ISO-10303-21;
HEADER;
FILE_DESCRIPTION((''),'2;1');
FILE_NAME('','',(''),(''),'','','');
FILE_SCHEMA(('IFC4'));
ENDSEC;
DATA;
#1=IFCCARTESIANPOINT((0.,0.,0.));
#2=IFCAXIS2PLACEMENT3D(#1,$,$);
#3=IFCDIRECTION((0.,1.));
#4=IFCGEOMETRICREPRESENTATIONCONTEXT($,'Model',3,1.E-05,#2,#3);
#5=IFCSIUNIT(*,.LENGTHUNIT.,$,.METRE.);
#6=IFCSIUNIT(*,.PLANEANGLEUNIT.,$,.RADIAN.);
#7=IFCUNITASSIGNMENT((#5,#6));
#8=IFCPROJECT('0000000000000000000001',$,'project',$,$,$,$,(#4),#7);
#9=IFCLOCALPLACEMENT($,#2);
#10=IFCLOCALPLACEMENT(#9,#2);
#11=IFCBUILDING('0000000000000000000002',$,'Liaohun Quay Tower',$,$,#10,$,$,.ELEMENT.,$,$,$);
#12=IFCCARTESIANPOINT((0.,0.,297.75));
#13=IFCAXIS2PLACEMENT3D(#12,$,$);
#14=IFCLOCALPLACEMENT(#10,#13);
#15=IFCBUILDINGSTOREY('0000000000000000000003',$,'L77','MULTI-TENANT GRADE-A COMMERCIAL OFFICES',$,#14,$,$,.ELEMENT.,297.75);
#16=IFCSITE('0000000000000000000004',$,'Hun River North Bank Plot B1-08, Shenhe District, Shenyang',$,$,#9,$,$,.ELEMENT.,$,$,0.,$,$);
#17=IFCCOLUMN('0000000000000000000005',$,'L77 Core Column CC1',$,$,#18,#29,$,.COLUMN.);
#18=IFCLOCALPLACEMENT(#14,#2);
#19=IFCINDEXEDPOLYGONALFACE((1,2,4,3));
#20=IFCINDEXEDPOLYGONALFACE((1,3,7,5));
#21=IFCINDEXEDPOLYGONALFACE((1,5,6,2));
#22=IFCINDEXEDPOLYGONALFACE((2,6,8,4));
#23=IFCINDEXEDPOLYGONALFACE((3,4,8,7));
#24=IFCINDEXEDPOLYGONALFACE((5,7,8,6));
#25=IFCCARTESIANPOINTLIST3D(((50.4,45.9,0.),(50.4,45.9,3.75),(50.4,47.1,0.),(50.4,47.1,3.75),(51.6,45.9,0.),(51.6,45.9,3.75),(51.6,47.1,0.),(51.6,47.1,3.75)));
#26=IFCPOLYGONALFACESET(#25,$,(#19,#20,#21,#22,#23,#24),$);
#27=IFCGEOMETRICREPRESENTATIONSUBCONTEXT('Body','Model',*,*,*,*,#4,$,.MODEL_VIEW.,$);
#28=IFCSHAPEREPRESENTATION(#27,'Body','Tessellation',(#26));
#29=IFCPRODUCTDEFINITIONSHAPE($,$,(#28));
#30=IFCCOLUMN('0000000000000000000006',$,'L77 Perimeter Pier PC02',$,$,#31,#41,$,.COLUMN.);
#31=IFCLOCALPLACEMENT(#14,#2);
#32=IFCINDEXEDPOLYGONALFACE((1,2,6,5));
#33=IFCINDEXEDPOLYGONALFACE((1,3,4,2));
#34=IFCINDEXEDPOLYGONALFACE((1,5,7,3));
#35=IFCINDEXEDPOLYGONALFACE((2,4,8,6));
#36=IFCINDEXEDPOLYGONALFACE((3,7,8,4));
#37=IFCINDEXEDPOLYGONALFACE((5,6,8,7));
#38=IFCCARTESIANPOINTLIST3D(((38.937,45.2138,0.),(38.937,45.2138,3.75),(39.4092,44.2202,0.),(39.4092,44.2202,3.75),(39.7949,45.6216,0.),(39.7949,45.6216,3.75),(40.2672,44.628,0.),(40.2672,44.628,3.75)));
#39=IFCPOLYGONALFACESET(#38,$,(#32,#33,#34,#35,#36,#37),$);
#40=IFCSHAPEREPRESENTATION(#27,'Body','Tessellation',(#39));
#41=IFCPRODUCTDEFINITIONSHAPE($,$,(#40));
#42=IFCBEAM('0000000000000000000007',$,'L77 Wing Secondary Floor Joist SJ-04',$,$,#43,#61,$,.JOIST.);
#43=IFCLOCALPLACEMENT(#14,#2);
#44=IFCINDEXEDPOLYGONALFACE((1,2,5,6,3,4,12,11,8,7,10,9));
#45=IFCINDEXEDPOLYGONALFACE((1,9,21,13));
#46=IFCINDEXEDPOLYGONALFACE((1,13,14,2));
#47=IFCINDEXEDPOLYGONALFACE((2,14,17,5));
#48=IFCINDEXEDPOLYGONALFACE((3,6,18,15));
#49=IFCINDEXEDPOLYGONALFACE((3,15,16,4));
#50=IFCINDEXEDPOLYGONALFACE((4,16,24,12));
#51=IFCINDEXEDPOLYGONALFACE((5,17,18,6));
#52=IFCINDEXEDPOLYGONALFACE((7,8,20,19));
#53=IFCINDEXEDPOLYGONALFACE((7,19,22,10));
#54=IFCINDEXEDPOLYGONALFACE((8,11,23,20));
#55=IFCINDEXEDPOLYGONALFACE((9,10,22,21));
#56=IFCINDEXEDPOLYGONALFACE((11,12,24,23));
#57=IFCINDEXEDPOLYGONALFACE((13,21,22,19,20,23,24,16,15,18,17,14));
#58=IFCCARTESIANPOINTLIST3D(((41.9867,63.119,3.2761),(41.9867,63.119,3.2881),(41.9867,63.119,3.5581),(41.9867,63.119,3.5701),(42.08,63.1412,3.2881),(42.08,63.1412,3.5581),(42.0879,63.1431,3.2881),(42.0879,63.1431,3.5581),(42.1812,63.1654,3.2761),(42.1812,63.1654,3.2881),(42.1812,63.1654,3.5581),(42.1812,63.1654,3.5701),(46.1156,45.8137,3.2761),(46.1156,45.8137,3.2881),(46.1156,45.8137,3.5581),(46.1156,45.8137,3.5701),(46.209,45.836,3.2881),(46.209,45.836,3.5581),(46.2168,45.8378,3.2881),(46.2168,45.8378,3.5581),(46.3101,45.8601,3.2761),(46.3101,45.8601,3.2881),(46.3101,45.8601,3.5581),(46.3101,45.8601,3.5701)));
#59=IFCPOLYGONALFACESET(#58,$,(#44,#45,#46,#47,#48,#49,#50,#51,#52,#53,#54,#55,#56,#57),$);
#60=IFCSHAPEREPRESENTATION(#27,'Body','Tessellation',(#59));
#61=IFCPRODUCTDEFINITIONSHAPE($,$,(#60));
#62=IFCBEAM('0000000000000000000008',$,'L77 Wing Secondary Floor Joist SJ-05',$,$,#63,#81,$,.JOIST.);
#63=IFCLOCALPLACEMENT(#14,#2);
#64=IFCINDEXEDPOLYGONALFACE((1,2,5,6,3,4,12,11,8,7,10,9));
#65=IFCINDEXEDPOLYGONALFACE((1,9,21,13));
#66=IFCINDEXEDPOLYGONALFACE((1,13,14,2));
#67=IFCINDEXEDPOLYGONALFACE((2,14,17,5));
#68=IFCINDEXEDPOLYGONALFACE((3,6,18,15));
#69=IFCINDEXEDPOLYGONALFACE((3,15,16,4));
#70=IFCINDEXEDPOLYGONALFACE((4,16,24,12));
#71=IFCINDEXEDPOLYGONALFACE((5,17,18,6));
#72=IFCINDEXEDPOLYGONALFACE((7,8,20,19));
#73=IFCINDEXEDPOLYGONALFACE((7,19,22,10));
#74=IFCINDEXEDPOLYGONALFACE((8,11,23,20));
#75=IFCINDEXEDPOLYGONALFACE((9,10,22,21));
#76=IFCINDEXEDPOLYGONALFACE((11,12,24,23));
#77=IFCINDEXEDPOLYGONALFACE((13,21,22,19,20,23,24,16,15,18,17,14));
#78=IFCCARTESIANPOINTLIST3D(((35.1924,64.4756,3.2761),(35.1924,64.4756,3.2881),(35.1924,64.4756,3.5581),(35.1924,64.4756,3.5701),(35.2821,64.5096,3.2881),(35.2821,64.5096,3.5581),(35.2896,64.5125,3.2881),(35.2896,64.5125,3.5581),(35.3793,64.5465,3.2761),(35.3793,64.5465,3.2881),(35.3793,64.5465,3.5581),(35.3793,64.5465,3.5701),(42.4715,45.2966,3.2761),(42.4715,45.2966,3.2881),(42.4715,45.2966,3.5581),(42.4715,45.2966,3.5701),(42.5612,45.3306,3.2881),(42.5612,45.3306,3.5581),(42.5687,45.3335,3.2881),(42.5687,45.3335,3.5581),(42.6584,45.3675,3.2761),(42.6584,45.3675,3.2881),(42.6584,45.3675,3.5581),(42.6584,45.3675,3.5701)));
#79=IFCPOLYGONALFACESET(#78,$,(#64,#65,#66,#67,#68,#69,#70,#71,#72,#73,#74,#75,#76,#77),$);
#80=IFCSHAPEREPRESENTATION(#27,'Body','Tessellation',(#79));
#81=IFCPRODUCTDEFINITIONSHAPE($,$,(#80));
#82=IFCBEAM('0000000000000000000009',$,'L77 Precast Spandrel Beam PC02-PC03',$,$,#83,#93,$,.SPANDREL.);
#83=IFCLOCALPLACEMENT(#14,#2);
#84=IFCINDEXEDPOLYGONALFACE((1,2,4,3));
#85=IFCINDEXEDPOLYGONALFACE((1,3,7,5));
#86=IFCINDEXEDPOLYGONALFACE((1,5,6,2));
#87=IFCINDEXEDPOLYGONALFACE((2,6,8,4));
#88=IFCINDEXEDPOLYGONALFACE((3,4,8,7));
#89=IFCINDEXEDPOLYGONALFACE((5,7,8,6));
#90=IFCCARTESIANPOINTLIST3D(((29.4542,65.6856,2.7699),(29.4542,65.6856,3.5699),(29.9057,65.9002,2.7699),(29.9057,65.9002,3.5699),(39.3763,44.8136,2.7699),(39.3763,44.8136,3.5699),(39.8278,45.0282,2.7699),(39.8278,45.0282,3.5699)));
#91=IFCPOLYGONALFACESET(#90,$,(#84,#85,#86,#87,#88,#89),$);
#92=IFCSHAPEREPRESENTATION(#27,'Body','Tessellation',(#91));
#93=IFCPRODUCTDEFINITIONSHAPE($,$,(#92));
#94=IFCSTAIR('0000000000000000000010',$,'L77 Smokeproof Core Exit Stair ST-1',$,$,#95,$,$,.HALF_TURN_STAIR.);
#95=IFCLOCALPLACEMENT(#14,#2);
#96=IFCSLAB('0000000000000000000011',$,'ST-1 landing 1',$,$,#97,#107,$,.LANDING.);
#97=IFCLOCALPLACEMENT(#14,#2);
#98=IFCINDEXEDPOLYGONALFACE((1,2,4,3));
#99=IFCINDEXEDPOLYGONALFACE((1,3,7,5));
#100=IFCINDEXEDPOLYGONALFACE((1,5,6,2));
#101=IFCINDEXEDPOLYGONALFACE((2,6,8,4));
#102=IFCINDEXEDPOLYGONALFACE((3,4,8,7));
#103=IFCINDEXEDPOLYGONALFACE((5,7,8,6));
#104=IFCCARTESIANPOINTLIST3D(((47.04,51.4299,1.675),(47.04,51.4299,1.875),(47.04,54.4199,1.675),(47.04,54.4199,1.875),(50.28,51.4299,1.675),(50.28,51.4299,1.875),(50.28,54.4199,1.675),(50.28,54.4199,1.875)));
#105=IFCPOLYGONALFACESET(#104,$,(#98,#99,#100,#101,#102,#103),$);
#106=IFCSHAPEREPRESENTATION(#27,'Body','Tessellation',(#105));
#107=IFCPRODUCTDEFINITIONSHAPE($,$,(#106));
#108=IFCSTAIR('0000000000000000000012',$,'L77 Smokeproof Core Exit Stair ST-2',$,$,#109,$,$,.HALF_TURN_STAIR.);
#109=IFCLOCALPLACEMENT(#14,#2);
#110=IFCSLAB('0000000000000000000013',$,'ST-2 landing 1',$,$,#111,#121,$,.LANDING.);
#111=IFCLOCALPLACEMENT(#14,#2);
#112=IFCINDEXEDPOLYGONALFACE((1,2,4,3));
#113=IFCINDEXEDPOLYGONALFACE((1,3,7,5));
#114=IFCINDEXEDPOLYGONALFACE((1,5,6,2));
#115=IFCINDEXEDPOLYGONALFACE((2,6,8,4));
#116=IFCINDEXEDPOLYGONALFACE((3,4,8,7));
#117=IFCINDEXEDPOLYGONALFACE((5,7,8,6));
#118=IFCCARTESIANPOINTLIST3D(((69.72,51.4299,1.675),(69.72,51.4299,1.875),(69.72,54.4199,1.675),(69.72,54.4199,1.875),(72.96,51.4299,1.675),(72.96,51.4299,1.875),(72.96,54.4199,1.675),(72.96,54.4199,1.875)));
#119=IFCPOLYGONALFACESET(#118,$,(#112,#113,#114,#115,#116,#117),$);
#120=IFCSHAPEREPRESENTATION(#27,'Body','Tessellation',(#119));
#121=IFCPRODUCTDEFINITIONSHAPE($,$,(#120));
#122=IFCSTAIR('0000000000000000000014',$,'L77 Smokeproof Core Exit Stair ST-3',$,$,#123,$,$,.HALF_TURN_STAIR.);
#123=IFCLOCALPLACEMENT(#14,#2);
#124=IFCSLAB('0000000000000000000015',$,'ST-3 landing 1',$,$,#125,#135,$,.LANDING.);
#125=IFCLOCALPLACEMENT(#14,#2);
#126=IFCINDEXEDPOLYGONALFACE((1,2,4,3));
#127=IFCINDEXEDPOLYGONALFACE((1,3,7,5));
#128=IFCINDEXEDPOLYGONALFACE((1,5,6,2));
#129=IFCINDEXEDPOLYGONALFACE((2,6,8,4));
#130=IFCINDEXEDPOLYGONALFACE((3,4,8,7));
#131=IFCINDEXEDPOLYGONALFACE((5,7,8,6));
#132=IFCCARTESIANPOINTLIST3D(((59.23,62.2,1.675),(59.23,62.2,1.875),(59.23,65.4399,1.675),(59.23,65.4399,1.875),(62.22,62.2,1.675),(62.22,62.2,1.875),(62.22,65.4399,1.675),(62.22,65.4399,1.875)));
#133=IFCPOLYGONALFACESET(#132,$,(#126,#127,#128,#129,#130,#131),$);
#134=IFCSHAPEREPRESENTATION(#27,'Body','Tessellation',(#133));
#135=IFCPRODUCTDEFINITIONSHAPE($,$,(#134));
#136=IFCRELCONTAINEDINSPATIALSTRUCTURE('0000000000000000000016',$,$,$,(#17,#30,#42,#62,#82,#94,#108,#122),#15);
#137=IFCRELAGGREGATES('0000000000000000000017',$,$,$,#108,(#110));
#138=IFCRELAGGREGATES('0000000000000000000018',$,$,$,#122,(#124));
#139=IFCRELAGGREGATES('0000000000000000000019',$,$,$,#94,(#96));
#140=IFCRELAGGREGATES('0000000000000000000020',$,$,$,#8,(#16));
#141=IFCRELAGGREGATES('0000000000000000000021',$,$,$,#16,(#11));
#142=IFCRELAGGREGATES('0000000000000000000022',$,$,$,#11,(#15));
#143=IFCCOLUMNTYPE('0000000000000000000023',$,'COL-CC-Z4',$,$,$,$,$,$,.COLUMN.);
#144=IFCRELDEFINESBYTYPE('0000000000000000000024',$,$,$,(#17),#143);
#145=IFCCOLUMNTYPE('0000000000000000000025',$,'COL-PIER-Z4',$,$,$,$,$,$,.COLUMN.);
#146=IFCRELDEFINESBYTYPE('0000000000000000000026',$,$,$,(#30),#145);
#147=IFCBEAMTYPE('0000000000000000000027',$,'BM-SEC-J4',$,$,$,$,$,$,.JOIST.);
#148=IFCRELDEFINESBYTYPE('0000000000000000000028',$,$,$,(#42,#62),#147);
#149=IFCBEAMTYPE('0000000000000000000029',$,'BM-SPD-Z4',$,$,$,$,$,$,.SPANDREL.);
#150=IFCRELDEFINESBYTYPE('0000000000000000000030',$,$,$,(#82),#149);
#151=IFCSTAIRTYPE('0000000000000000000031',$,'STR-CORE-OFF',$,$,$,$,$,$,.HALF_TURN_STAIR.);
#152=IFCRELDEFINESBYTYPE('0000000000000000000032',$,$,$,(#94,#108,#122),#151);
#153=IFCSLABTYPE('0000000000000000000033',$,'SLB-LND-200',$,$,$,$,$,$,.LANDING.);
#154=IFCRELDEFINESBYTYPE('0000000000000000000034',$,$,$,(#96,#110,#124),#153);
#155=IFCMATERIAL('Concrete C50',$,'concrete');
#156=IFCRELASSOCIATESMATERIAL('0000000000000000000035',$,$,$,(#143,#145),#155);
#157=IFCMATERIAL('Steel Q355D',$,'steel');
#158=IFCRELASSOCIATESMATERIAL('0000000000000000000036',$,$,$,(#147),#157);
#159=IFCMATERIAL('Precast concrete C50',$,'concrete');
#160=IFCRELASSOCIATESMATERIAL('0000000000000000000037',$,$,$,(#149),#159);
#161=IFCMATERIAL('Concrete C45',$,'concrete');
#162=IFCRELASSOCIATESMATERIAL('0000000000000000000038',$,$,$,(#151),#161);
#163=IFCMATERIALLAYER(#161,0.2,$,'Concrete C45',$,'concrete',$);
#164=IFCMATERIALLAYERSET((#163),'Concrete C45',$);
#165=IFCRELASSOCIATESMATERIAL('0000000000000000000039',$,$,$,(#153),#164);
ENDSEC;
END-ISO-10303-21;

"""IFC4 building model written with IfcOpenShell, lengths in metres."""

from ifc_helpers import new_model, si_unit, direction, frame, origin, origin_2d, place, context, subcontext, project, spatial, polyline, rectangle, i_section, outline, extrude, source, transform, mapped, material, layer, layer_set, material_profile, profile_set, type_object, element, aggregate, save


model = new_model("IFC4")

# Units and contexts
model_context = context("Model", 3, precision=1e-05, world=origin(), true_north=direction((0.0, 1.0)))
body_context = subcontext(model_context, "Body", "Model", "MODEL_VIEW")
ifc_project = project(units=[si_unit("LENGTHUNIT", "METRE"), si_unit("PLANEANGLEUNIT", "RADIAN")], contexts=[model_context])

# Site, building, storey
site_placement = place(None, origin())
site = spatial("IfcSite", under=ifc_project, at=site_placement, Name="Hun River North Bank Plot B1-08, Shenhe District, Shenyang", CompositionType="ELEMENT", RefElevation=0.0)
building_placement = place(site_placement, origin())
building = spatial("IfcBuilding", under=site, at=building_placement, Name="Liaohun Quay Tower", CompositionType="ELEMENT")
storey_placement = place(building_placement, frame((0.0, 0.0, 297.75)))
storey = spatial("IfcBuildingStorey", under=building, at=storey_placement, Name="L77", Description="MULTI-TENANT GRADE-A COMMERCIAL OFFICES", CompositionType="ELEMENT", Elevation=297.75)

# Columns
ifc_material_1 = material(Name="Concrete C50", Category="concrete")
ifc_material_profile_1 = material_profile(ifc_material_1, rectangle(XDim=1.2, YDim=1.2, at=origin_2d()), Name="RC1200x1200")
ifc_profile_set_1 = profile_set([ifc_material_profile_1], Name="Concrete C50")
column_type_1 = type_object("IfcColumnType", Name="COL-CC-Z4", PredefinedType="COLUMN", material=ifc_profile_set_1)
shared_shape_1 = source(origin(), body_context, "Body", "SweptSolid", [
    extrude(rectangle(XDim=1.2, YDim=1.2, at=origin_2d()), origin(), (0.0, 0.0, 1.0), 3.75),
])
column_1_placement = place(storey_placement, frame((51.0, 46.5, 0.0), z_axis=(0.0, 0.0, 1.0), x_axis=(1.0, 0.0, 0.0)))
element("IfcColumn", 1, at=column_1_placement, inside=storey, type_object=column_type_1, Name="L77 Core Column CC1", PredefinedType="COLUMN", context=body_context, shape_type="MappedRepresentation", body=[
    mapped(shared_shape_1, transform((0.0, 0.0, 0.0), x_axis=(1.0, 0.0, 0.0), y_axis=(0.0, 1.0, 0.0), z_axis=(0.0, 0.0, 1.0), scale=1.0)),
])
ifc_material_profile_2 = material_profile(ifc_material_1, rectangle(XDim=1.1001, YDim=0.95, at=origin_2d()), Name="RC1100x950")
ifc_profile_set_2 = profile_set([ifc_material_profile_2], Name="Concrete C50")
column_type_2 = type_object("IfcColumnType", Name="COL-PIER-Z4", PredefinedType="COLUMN", material=ifc_profile_set_2)
shared_shape_2 = source(origin(), body_context, "Body", "SweptSolid", [
    extrude(rectangle(XDim=1.1001, YDim=0.95, at=origin_2d()), origin(), (0.0, 0.0, 1.0), 3.75),
])
column_2_placement = place(storey_placement, frame((39.6021, 44.9209, 0.0), z_axis=(0.0, 0.0, 1.0), x_axis=(-0.42925, 0.903186, 0.0)))
element("IfcColumn", 2, at=column_2_placement, inside=storey, type_object=column_type_2, Name="L77 Perimeter Pier PC02", PredefinedType="COLUMN", context=body_context, shape_type="MappedRepresentation", body=[
    mapped(shared_shape_2, transform((0.0, 0.0, 0.0), x_axis=(1.0, 0.0, 0.0), y_axis=(0.0, 1.0, 0.0), z_axis=(0.0, 0.0, 1.0), scale=1.0)),
])

# Beams
ifc_material_2 = material(Name="Steel Q355D", Category="steel")
ifc_material_profile_3 = material_profile(ifc_material_2, i_section(OverallWidth=0.2, OverallDepth=0.2939, WebThickness=0.0081, FlangeThickness=0.012, at=origin_2d()), Name="HM294x200x8x12")
ifc_profile_set_3 = profile_set([ifc_material_profile_3], Name="Steel Q355D")
beam_type_1 = type_object("IfcBeamType", Name="BM-SEC-J4", PredefinedType="JOIST", material=ifc_profile_set_3)
shared_shape_3 = source(origin(), body_context, "Body", "SweptSolid", [
    extrude(i_section(OverallWidth=0.2, OverallDepth=0.2939, WebThickness=0.0081, FlangeThickness=0.012, at=origin_2d()), origin(), (0.0, 0.0, 1.0), 17.791),
])
beam_1_placement = place(storey_placement, frame((46.2129, 45.8369, 3.4231), z_axis=(-0.232079, 0.972697, 0.0), x_axis=(-0.972697, -0.232079, 0.0)))
element("IfcBeam", 3, at=beam_1_placement, inside=storey, type_object=beam_type_1, Name="L77 Wing Secondary Floor Joist SJ-04", PredefinedType="JOIST", context=body_context, shape_type="MappedRepresentation", body=[
    mapped(shared_shape_3, transform((0.0, 0.0, 0.0), x_axis=(1.0, 0.0, 0.0), y_axis=(0.0, 1.0, 0.0), z_axis=(0.0, 0.0, 1.0), scale=1.0)),
])
shared_shape_4 = source(origin(), body_context, "Body", "SweptSolid", [
    extrude(i_section(OverallWidth=0.2, OverallDepth=0.2939, WebThickness=0.0081, FlangeThickness=0.012, at=origin_2d()), origin(), (0.0, 0.0, 1.0), 20.5139),
])
beam_2_placement = place(storey_placement, frame((42.5649, 45.332, 3.4231), z_axis=(-0.354836, 0.934928, 0.0), x_axis=(-0.934928, -0.354836, 0.0)))
element("IfcBeam", 4, at=beam_2_placement, inside=storey, type_object=beam_type_1, Name="L77 Wing Secondary Floor Joist SJ-05", PredefinedType="JOIST", context=body_context, shape_type="MappedRepresentation", body=[
    mapped(shared_shape_4, transform((0.0, 0.0, 0.0), x_axis=(1.0, 0.0, 0.0), y_axis=(0.0, 1.0, 0.0), z_axis=(0.0, 0.0, 1.0), scale=1.0)),
])
ifc_material_3 = material(Name="Precast concrete C50", Category="concrete")
ifc_material_profile_4 = material_profile(ifc_material_3, rectangle(XDim=0.5, YDim=0.8, at=origin_2d()), Name="RC500x800")
ifc_profile_set_4 = profile_set([ifc_material_profile_4], Name="Precast concrete C50")
beam_type_2 = type_object("IfcBeamType", Name="BM-SPD-Z4", PredefinedType="SPANDREL", material=ifc_profile_set_4)
shared_shape_5 = source(origin(), body_context, "Body", "SweptSolid", [
    extrude(rectangle(XDim=0.5, YDim=0.8, at=origin_2d()), origin(), (0.0, 0.0, 1.0), 23.1104),
])
beam_3_placement = place(storey_placement, frame((39.6021, 44.9209, 3.1699), z_axis=(-0.429335, 0.903145, 0.0), x_axis=(-0.903145, -0.429335, 0.0)))
element("IfcBeam", 5, at=beam_3_placement, inside=storey, type_object=beam_type_2, Name="L77 Precast Spandrel Beam PC02-PC03", PredefinedType="SPANDREL", context=body_context, shape_type="MappedRepresentation", body=[
    mapped(shared_shape_5, transform((0.0, 0.0, 0.0), x_axis=(1.0, 0.0, 0.0), y_axis=(0.0, 1.0, 0.0), z_axis=(0.0, 0.0, 1.0), scale=1.0)),
])

# Stairs, slabs
ifc_material_4 = material(Name="Concrete C45", Category="concrete")
stair_type = type_object("IfcStairType", Name="STR-CORE-OFF", PredefinedType="HALF_TURN_STAIR", material=ifc_material_4)
stair_1_placement = place(storey_placement, origin())
stair_1 = element("IfcStair", 6, at=stair_1_placement, inside=storey, type_object=stair_type, Name="L77 Smokeproof Core Exit Stair ST-1", PredefinedType="HALF_TURN_STAIR")
ifc_layer_1 = layer(ifc_material_4, 0.2, Name="Concrete C45", Category="concrete")
ifc_layer_set_1 = layer_set([ifc_layer_1], Name="Concrete C45")
slab_type_1 = type_object("IfcSlabType", Name="SLB-LND-200", PredefinedType="LANDING", material=ifc_layer_set_1)
slab_1_placement = place(storey_placement, frame((0.0, 0.0, 1.675)))
slab_1 = element("IfcSlab", 7, at=slab_1_placement, type_object=slab_type_1, Name="ST-1 landing 1", PredefinedType="LANDING", context=body_context, shape_type="SweptSolid", body=[
    extrude(outline(polyline([(50.28, 51.4299), (50.28, 54.4199), (47.04, 54.4199), (47.04, 51.4299), (50.28, 51.4299)])), origin(), (0.0, 0.0, 1.0), 0.2),
])
stair_2_placement = place(storey_placement, origin())
stair_2 = element("IfcStair", 8, at=stair_2_placement, inside=storey, type_object=stair_type, Name="L77 Smokeproof Core Exit Stair ST-2", PredefinedType="HALF_TURN_STAIR")
slab_2_placement = place(storey_placement, frame((0.0, 0.0, 1.675)))
slab_2 = element("IfcSlab", 9, at=slab_2_placement, type_object=slab_type_1, Name="ST-2 landing 1", PredefinedType="LANDING", context=body_context, shape_type="SweptSolid", body=[
    extrude(outline(polyline([(72.96, 51.4299), (72.96, 54.4199), (69.72, 54.4199), (69.72, 51.4299), (72.96, 51.4299)])), origin(), (0.0, 0.0, 1.0), 0.2),
])
aggregate(stair_2, [slab_2])
stair_3_placement = place(storey_placement, origin())
stair_3 = element("IfcStair", 10, at=stair_3_placement, inside=storey, type_object=stair_type, Name="L77 Smokeproof Core Exit Stair ST-3", PredefinedType="HALF_TURN_STAIR")
slab_3_placement = place(storey_placement, frame((0.0, 0.0, 1.675)))
slab_3 = element("IfcSlab", 11, at=slab_3_placement, type_object=slab_type_1, Name="ST-3 landing 1", PredefinedType="LANDING", context=body_context, shape_type="SweptSolid", body=[
    extrude(outline(polyline([(59.23, 62.2), (62.22, 62.2), (62.22, 65.4399), (59.23, 65.4399), (59.23, 62.2)])), origin(), (0.0, 0.0, 1.0), 0.2),
])
aggregate(stair_3, [slab_3])

aggregate(stair_1, [slab_1])

save(model, "model.ifc")
